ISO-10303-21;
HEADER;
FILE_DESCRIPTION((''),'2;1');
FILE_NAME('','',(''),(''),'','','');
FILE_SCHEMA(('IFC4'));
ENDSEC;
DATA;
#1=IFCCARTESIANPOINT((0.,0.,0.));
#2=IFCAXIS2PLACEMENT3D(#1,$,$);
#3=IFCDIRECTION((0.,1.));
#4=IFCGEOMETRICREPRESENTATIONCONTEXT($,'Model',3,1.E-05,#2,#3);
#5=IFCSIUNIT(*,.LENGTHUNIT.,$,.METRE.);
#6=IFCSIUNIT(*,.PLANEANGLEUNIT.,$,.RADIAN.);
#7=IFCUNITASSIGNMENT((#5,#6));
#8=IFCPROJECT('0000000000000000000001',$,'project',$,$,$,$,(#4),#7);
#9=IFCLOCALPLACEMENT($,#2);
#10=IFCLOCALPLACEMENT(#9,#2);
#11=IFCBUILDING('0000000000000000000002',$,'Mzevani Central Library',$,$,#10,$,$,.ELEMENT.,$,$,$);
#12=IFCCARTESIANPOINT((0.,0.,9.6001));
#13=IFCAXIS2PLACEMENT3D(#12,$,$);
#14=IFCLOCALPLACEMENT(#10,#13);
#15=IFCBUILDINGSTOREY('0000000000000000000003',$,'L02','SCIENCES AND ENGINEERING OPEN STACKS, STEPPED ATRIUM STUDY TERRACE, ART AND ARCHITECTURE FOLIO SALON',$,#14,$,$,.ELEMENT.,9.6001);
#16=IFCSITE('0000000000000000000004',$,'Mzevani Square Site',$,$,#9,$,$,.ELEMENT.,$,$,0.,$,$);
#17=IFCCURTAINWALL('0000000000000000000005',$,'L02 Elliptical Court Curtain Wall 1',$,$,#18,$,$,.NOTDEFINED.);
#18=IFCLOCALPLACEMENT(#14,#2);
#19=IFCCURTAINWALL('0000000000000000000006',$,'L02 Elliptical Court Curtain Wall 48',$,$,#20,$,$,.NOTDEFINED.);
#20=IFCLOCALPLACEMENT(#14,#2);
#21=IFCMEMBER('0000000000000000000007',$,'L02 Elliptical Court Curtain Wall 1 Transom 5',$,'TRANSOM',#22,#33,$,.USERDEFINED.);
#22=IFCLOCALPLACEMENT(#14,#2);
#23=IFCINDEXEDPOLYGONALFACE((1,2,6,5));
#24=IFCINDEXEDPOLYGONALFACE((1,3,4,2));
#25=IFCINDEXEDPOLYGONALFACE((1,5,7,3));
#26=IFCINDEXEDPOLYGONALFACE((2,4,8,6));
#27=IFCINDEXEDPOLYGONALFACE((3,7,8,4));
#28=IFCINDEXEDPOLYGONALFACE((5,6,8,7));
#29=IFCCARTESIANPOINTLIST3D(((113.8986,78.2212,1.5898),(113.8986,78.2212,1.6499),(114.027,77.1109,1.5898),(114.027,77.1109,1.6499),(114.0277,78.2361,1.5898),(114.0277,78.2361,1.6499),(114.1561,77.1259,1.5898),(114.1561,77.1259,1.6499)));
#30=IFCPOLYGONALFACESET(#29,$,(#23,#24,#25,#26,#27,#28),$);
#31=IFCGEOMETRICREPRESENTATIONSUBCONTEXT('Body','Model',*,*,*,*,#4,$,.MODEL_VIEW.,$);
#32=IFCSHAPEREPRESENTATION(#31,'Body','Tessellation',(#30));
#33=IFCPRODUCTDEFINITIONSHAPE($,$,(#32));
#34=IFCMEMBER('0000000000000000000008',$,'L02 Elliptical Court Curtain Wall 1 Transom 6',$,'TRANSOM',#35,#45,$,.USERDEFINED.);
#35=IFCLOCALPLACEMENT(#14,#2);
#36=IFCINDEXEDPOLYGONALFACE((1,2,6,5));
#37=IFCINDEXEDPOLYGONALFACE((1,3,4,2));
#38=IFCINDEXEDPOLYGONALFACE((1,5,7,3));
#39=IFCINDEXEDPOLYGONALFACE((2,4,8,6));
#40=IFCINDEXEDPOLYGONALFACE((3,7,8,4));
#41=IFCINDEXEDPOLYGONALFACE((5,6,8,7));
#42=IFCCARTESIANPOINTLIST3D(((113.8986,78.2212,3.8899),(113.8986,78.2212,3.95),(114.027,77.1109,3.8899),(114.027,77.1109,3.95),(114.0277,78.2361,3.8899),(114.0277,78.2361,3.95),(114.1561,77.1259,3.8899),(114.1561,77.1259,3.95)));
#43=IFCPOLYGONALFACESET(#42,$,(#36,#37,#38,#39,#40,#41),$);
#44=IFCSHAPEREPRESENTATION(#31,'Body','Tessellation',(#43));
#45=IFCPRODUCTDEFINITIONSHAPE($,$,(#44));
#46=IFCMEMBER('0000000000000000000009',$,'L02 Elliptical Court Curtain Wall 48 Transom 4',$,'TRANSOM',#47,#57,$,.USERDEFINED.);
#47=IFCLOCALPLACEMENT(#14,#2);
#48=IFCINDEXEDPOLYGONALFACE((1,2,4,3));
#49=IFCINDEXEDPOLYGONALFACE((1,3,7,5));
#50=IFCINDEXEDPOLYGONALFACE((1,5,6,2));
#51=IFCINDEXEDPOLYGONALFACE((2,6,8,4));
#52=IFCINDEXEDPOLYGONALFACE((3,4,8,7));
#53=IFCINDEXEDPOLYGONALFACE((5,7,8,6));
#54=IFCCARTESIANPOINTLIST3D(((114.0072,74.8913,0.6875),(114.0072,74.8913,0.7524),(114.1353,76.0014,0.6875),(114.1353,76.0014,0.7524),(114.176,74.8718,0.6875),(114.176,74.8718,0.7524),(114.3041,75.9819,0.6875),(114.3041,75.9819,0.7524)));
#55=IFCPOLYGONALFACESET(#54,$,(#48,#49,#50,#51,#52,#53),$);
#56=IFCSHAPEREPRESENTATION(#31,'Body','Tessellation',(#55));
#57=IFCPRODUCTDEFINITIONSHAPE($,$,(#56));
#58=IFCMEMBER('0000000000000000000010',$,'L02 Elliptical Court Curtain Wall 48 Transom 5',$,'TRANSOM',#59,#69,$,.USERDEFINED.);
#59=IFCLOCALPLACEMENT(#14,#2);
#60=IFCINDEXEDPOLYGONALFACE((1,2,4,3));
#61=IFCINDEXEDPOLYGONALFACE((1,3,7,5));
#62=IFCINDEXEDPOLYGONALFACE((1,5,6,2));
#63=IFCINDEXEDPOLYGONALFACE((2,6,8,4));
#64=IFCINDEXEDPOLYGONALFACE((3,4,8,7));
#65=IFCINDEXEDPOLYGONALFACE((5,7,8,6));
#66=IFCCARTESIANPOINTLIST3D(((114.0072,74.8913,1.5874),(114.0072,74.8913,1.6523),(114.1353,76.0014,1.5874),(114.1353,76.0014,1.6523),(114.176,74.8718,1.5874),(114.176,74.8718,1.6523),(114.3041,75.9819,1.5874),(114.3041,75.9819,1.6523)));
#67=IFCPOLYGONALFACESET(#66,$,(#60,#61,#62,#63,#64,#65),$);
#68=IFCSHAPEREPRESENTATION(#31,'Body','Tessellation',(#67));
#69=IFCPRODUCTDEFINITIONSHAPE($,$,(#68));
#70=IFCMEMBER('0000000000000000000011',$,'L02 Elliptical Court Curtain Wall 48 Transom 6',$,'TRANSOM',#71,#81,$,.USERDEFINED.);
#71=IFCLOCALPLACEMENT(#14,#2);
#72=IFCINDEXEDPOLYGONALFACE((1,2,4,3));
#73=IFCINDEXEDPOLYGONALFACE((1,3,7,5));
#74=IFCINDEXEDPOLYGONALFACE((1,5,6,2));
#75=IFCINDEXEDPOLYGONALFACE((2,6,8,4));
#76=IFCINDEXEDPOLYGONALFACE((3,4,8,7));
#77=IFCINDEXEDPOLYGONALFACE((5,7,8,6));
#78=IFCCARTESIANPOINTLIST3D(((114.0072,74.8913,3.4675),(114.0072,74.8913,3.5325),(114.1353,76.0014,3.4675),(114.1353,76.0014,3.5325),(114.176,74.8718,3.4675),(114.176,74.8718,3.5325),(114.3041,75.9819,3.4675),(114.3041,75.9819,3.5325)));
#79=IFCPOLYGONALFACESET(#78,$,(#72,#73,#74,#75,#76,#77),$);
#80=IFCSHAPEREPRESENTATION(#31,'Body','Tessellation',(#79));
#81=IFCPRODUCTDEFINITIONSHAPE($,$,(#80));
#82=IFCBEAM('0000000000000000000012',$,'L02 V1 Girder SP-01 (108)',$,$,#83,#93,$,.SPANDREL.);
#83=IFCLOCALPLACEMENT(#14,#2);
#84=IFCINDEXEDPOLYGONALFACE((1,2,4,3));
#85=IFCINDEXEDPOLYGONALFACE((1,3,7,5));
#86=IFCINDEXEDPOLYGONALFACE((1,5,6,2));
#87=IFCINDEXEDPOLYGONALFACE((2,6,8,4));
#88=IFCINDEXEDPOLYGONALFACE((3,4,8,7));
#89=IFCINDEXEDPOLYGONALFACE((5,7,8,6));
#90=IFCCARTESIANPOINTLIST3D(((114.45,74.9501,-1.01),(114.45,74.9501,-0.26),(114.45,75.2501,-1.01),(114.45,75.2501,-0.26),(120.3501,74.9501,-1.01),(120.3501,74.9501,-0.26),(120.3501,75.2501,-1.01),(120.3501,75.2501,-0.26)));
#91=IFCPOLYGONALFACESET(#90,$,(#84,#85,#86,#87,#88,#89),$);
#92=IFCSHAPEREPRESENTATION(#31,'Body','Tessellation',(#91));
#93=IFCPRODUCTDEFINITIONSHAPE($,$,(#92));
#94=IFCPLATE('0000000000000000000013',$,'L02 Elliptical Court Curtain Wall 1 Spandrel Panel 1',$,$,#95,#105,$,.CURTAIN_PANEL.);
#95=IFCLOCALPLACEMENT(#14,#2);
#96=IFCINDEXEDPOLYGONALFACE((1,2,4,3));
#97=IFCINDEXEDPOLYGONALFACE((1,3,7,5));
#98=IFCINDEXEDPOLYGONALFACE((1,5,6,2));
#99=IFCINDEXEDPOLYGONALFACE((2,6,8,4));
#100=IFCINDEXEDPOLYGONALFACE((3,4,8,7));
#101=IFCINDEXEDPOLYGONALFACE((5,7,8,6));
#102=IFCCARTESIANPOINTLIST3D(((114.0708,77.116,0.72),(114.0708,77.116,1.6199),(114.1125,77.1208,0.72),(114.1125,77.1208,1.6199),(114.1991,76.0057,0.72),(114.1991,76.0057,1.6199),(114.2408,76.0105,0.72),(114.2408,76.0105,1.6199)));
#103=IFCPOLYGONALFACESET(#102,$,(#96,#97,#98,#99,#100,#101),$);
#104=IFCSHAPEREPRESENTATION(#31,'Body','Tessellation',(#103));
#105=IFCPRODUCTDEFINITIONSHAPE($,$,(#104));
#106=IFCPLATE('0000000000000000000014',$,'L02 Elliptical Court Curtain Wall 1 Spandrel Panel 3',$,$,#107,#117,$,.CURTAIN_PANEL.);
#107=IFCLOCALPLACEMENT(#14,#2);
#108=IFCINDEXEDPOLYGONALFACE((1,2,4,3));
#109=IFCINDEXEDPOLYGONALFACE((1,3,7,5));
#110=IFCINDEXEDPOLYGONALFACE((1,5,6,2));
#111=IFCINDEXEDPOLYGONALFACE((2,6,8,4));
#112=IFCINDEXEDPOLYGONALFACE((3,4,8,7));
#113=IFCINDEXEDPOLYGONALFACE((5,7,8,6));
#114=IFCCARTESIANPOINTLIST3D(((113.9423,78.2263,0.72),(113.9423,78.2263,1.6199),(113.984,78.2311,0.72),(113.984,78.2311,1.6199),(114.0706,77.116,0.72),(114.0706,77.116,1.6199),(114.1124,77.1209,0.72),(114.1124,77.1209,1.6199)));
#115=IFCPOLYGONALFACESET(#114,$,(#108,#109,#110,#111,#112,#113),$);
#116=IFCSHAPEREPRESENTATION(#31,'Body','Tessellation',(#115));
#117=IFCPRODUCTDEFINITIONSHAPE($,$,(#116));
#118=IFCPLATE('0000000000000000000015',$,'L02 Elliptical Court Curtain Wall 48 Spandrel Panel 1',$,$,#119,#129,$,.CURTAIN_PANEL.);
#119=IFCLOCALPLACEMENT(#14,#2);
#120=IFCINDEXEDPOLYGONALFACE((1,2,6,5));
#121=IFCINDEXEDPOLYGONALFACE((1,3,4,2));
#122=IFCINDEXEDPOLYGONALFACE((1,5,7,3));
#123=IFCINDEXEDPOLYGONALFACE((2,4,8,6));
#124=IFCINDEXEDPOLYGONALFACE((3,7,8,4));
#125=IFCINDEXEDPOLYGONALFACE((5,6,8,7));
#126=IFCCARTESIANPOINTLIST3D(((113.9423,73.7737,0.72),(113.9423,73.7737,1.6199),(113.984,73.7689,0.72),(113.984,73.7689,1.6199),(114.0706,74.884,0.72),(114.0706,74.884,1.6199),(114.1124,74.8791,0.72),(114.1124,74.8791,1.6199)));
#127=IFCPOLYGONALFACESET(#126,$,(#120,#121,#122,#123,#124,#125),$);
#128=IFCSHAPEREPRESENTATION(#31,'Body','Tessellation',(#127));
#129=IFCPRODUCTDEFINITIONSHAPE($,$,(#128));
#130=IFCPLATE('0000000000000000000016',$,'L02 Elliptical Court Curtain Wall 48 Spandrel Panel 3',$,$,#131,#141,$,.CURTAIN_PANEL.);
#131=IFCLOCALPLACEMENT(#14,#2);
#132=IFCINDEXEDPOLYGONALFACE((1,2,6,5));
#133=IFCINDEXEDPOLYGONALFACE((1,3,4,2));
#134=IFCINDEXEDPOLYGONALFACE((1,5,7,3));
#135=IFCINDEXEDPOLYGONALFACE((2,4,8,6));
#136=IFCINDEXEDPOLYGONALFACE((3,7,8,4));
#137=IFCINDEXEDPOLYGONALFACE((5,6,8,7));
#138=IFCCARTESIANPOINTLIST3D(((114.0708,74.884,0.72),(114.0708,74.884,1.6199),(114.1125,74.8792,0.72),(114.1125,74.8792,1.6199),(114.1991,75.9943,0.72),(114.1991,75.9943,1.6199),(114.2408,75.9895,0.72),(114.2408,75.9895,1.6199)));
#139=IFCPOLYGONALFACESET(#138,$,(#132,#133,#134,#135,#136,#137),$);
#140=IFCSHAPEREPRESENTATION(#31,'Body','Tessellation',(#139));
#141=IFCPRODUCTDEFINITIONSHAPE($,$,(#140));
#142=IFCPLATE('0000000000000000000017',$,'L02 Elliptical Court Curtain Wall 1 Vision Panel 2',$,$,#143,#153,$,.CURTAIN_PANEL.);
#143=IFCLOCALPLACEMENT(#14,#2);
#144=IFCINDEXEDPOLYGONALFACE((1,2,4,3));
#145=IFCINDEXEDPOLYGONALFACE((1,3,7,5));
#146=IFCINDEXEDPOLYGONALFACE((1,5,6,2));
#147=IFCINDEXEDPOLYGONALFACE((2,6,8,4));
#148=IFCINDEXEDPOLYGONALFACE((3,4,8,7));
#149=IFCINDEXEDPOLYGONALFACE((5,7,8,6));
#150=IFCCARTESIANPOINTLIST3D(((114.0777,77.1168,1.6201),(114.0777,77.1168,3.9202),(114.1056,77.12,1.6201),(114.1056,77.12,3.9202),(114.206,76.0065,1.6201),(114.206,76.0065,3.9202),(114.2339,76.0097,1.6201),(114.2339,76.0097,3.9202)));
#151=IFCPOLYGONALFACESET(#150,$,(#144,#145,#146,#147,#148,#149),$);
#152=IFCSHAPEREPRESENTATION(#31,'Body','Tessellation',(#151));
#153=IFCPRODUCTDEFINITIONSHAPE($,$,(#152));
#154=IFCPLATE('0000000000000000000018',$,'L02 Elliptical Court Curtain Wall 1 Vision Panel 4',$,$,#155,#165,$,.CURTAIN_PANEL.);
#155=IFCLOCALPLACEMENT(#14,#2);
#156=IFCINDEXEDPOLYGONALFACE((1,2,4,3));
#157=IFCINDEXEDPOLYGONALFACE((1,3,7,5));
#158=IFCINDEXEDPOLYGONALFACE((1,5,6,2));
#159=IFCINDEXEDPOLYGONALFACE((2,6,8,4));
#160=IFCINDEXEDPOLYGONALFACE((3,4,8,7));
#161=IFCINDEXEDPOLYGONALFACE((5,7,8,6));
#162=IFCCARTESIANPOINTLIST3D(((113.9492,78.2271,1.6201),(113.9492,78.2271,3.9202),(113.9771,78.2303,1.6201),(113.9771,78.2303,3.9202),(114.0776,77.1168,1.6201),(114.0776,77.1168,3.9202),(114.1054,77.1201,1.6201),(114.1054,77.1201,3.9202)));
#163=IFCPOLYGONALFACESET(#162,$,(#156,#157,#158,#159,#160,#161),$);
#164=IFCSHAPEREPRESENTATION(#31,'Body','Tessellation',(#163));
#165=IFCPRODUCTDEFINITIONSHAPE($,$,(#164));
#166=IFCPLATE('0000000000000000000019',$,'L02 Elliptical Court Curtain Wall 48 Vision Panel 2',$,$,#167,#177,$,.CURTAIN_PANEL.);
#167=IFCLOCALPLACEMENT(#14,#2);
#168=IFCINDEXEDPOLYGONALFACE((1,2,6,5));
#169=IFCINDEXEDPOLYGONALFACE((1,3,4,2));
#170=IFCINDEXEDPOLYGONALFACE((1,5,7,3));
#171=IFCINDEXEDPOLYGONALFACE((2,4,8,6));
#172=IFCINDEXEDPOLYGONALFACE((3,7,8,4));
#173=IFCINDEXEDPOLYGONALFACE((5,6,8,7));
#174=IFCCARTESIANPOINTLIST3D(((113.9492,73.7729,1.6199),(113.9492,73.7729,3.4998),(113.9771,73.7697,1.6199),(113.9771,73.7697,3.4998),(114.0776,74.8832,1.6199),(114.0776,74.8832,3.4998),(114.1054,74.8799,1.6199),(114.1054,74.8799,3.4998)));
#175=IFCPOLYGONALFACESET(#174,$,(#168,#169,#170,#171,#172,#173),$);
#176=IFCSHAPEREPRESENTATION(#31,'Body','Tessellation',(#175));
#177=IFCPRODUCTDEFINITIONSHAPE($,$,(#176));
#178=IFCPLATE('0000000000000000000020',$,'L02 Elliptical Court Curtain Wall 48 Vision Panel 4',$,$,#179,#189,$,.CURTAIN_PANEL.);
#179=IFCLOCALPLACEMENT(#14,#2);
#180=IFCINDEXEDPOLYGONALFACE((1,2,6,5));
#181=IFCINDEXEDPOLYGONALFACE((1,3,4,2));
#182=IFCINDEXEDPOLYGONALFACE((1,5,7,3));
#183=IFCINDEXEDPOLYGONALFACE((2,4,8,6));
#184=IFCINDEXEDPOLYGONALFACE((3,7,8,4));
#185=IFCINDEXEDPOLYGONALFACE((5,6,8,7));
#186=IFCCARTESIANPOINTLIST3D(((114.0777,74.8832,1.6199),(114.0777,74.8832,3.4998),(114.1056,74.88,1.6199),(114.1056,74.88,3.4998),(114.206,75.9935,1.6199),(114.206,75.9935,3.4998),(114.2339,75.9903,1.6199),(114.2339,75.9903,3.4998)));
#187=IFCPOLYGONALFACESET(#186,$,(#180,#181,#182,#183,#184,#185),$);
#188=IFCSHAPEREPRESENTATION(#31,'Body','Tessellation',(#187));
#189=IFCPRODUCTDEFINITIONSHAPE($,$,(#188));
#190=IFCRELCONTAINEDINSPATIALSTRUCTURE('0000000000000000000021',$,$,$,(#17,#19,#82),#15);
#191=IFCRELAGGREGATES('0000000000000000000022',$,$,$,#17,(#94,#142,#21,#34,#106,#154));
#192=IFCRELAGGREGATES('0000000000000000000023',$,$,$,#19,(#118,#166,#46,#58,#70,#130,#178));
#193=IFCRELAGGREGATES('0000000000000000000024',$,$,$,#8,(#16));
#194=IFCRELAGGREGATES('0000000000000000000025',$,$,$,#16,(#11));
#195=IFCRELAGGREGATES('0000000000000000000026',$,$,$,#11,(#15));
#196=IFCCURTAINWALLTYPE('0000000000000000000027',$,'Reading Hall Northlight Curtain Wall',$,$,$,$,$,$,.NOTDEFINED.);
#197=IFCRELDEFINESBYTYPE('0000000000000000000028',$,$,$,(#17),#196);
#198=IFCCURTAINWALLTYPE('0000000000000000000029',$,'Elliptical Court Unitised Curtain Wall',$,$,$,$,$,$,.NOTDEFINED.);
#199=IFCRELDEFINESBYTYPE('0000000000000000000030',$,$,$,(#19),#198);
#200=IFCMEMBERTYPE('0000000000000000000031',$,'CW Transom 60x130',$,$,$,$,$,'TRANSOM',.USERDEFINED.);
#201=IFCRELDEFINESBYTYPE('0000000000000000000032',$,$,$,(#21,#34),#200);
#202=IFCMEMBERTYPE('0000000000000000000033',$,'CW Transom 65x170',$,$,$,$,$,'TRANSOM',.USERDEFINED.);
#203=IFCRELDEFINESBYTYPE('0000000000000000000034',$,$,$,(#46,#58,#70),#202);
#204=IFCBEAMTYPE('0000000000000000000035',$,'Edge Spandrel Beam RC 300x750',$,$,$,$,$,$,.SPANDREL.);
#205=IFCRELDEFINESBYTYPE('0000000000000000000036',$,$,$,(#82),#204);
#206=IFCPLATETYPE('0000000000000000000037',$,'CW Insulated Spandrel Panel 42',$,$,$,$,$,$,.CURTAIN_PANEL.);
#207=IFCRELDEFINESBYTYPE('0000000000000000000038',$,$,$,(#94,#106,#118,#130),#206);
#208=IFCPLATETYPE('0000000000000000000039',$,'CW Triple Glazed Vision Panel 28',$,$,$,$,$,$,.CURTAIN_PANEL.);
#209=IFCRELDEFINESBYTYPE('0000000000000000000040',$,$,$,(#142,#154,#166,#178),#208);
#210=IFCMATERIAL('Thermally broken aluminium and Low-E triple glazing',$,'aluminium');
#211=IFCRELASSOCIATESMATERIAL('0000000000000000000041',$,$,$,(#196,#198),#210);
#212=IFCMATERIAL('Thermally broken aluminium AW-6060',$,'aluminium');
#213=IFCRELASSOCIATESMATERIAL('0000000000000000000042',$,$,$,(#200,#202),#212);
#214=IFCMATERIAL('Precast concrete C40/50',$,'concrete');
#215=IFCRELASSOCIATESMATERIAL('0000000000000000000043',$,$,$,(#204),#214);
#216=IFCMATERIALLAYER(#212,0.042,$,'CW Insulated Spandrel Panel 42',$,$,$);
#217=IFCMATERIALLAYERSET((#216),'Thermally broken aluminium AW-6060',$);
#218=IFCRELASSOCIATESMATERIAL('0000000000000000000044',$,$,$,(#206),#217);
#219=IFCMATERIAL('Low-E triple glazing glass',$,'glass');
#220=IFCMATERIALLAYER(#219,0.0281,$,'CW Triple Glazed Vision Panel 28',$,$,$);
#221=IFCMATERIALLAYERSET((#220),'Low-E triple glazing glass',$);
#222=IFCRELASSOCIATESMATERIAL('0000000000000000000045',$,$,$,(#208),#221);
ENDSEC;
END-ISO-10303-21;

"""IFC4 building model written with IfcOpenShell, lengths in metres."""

from ifc_helpers import new_model, si_unit, direction, frame, origin, origin_2d, place, context, subcontext, project, spatial, rectangle, extrude, material, layer, layer_set, material_profile, profile_set, type_object, element, aggregate, save


model = new_model("IFC4")

# Units and contexts
model_context = context("Model", 3, precision=1e-05, world=origin(), true_north=direction((0.0, 1.0)))
body_context = subcontext(model_context, "Body", "Model", "MODEL_VIEW")
ifc_project = project(units=[si_unit("LENGTHUNIT", "METRE"), si_unit("PLANEANGLEUNIT", "RADIAN")], contexts=[model_context])

# Site, building, storey
site_placement = place(None, origin())
site = spatial("IfcSite", under=ifc_project, at=site_placement, Name="Mzevani Square Site", CompositionType="ELEMENT", RefElevation=0.0)
building_placement = place(site_placement, origin())
building = spatial("IfcBuilding", under=site, at=building_placement, Name="Mzevani Central Library", CompositionType="ELEMENT")
storey_placement = place(building_placement, frame((0.0, 0.0, 9.6001)))
storey = spatial("IfcBuildingStorey", under=building, at=storey_placement, Name="L02", Description="SCIENCES AND ENGINEERING OPEN STACKS, STEPPED ATRIUM STUDY TERRACE, ART AND ARCHITECTURE FOLIO SALON", CompositionType="ELEMENT", Elevation=9.6001)

# Shared definitions
ifc_material_1 = material(Name="Thermally broken aluminium and Low-E triple glazing", Category="aluminium")
ifc_material_2 = material(Name="Thermally broken aluminium AW-6060", Category="aluminium")

# Curtain walls
curtain_wall_type_1 = type_object("IfcCurtainWallType", Name="Reading Hall Northlight Curtain Wall", PredefinedType="NOTDEFINED", material=ifc_material_1)
curtain_wall_1_placement = place(storey_placement, origin())
curtain_wall_1 = element("IfcCurtainWall", 1, at=curtain_wall_1_placement, inside=storey, type_object=curtain_wall_type_1, Name="L02 Elliptical Court Curtain Wall 1", PredefinedType="NOTDEFINED")
curtain_wall_type_2 = type_object("IfcCurtainWallType", Name="Elliptical Court Unitised Curtain Wall", PredefinedType="NOTDEFINED", material=ifc_material_1)
curtain_wall_2_placement = place(storey_placement, origin())
curtain_wall_2 = element("IfcCurtainWall", 2, at=curtain_wall_2_placement, inside=storey, type_object=curtain_wall_type_2, Name="L02 Elliptical Court Curtain Wall 48", PredefinedType="NOTDEFINED")

# Members
ifc_material_profile_1 = material_profile(ifc_material_2, rectangle(XDim=0.1299, YDim=0.0601, at=origin_2d()), Name="ALU T60x130")
ifc_profile_set_1 = profile_set([ifc_material_profile_1], Name="Thermally broken aluminium AW-6060")
member_type_1 = type_object("IfcMemberType", Name="CW Transom 60x130", ElementType="TRANSOM", PredefinedType="USERDEFINED", material=ifc_profile_set_1)
member_1_placement = place(storey_placement, frame((114.0916, 77.1184, 1.6199), z_axis=(-0.114889, 0.993378, 0.0), x_axis=(-0.993378, -0.114889, 0.0)))
member_1 = element("IfcMember", 3, at=member_1_placement, type_object=member_type_1, Name="L02 Elliptical Court Curtain Wall 1 Transom 5", ObjectType="TRANSOM", PredefinedType="USERDEFINED", context=body_context, shape_type="SweptSolid", body=[
    extrude(rectangle(XDim=0.1299, YDim=0.0601, at=origin_2d()), origin(), (0.0, 0.0, 1.0), 1.1177),
])
member_2_placement = place(storey_placement, frame((114.0916, 77.1184, 3.9199), z_axis=(-0.114889, 0.993378, 0.0), x_axis=(-0.993378, -0.114889, 0.0)))
member_2 = element("IfcMember", 4, at=member_2_placement, type_object=member_type_1, Name="L02 Elliptical Court Curtain Wall 1 Transom 6", ObjectType="TRANSOM", PredefinedType="USERDEFINED", context=body_context, shape_type="SweptSolid", body=[
    extrude(rectangle(XDim=0.1299, YDim=0.0601, at=origin_2d()), origin(), (0.0, 0.0, 1.0), 1.1177),
])
ifc_material_profile_2 = material_profile(ifc_material_2, rectangle(XDim=0.1699, YDim=0.0649, at=origin_2d()), Name="ALU T65x170")
ifc_profile_set_2 = profile_set([ifc_material_profile_2], Name="Thermally broken aluminium AW-6060")
member_type_2 = type_object("IfcMemberType", Name="CW Transom 65x170", ElementType="TRANSOM", PredefinedType="USERDEFINED", material=ifc_profile_set_2)
member_3_placement = place(storey_placement, frame((114.0916, 74.8816, 0.72), z_axis=(0.114699, 0.9934, 0.0), x_axis=(-0.9934, 0.114699, 0.0)))
member_3 = element("IfcMember", 5, at=member_3_placement, type_object=member_type_2, Name="L02 Elliptical Court Curtain Wall 48 Transom 4", ObjectType="TRANSOM", PredefinedType="USERDEFINED", context=body_context, shape_type="SweptSolid", body=[
    extrude(rectangle(XDim=0.1699, YDim=0.0649, at=origin_2d()), origin(), (0.0, 0.0, 1.0), 1.1174),
])
member_4_placement = place(storey_placement, frame((114.0916, 74.8816, 1.6199), z_axis=(0.114699, 0.9934, 0.0), x_axis=(-0.9934, 0.114699, 0.0)))
member_4 = element("IfcMember", 6, at=member_4_placement, type_object=member_type_2, Name="L02 Elliptical Court Curtain Wall 48 Transom 5", ObjectType="TRANSOM", PredefinedType="USERDEFINED", context=body_context, shape_type="SweptSolid", body=[
    extrude(rectangle(XDim=0.1699, YDim=0.0649, at=origin_2d()), origin(), (0.0, 0.0, 1.0), 1.1174),
])
member_5_placement = place(storey_placement, frame((114.0916, 74.8816, 3.5), z_axis=(0.114699, 0.9934, 0.0), x_axis=(-0.9934, 0.114699, 0.0)))
member_5 = element("IfcMember", 7, at=member_5_placement, type_object=member_type_2, Name="L02 Elliptical Court Curtain Wall 48 Transom 6", ObjectType="TRANSOM", PredefinedType="USERDEFINED", context=body_context, shape_type="SweptSolid", body=[
    extrude(rectangle(XDim=0.1699, YDim=0.0649, at=origin_2d()), origin(), (0.0, 0.0, 1.0), 1.1174),
])

# Beam
ifc_material_3 = material(Name="Precast concrete C40/50", Category="concrete")
ifc_material_profile_3 = material_profile(ifc_material_3, rectangle(XDim=0.3, YDim=0.75, at=origin_2d()), Name="RC SP300x750")
ifc_profile_set_3 = profile_set([ifc_material_profile_3], Name="Precast concrete C40/50")
beam_type_1 = type_object("IfcBeamType", Name="Edge Spandrel Beam RC 300x750", PredefinedType="SPANDREL", material=ifc_profile_set_3)
beam_1_placement = place(storey_placement, frame((114.45, 75.1001, -0.635), z_axis=(1.0, 0.0, 0.0), x_axis=(0.0, 1.0, 0.0)))
element("IfcBeam", 8, at=beam_1_placement, inside=storey, type_object=beam_type_1, Name="L02 V1 Girder SP-01 (108)", PredefinedType="SPANDREL", context=body_context, shape_type="SweptSolid", body=[
    extrude(rectangle(XDim=0.3, YDim=0.75, at=origin_2d()), origin(), (0.0, 0.0, 1.0), 5.9001),
])

# Plates
ifc_layer_1 = layer(ifc_material_2, 0.042, Name="CW Insulated Spandrel Panel 42")
ifc_layer_set_1 = layer_set([ifc_layer_1], Name="Thermally broken aluminium AW-6060")
plate_type_1 = type_object("IfcPlateType", Name="CW Insulated Spandrel Panel 42", PredefinedType="CURTAIN_PANEL", material=ifc_layer_set_1)
plate_1_placement = place(storey_placement, frame((114.1558, 76.5632, 0.72), z_axis=(0.0, 0.0, 1.0), x_axis=(-0.114795, 0.993389, 0.0)))
plate_1 = element("IfcPlate", 9, at=plate_1_placement, type_object=plate_type_1, Name="L02 Elliptical Court Curtain Wall 1 Spandrel Panel 1", PredefinedType="CURTAIN_PANEL", context=body_context, shape_type="SweptSolid", body=[
    extrude(rectangle(XDim=1.1177, YDim=0.042, at=origin_2d()), origin(), (0.0, 0.0, 1.0), 0.8999),
])
plate_2_placement = place(storey_placement, frame((114.0273, 77.6736, 0.72), z_axis=(0.0, 0.0, 1.0), x_axis=(-0.114795, 0.993389, 0.0)))
plate_2 = element("IfcPlate", 10, at=plate_2_placement, type_object=plate_type_1, Name="L02 Elliptical Court Curtain Wall 1 Spandrel Panel 3", PredefinedType="CURTAIN_PANEL", context=body_context, shape_type="SweptSolid", body=[
    extrude(rectangle(XDim=1.1177, YDim=0.042, at=origin_2d()), origin(), (0.0, 0.0, 1.0), 0.8999),
])
plate_3_placement = place(storey_placement, frame((114.0273, 74.3264, 0.72), z_axis=(0.0, 0.0, 1.0), x_axis=(0.114795, 0.993389, 0.0)))
plate_3 = element("IfcPlate", 11, at=plate_3_placement, type_object=plate_type_1, Name="L02 Elliptical Court Curtain Wall 48 Spandrel Panel 1", PredefinedType="CURTAIN_PANEL", context=body_context, shape_type="SweptSolid", body=[
    extrude(rectangle(XDim=1.1177, YDim=0.042, at=origin_2d()), origin(), (0.0, 0.0, 1.0), 0.8999),
])
plate_4_placement = place(storey_placement, frame((114.1558, 75.4368, 0.72), z_axis=(0.0, 0.0, 1.0), x_axis=(0.114795, 0.993389, 0.0)))
plate_4 = element("IfcPlate", 12, at=plate_4_placement, type_object=plate_type_1, Name="L02 Elliptical Court Curtain Wall 48 Spandrel Panel 3", PredefinedType="CURTAIN_PANEL", context=body_context, shape_type="SweptSolid", body=[
    extrude(rectangle(XDim=1.1177, YDim=0.042, at=origin_2d()), origin(), (0.0, 0.0, 1.0), 0.8999),
])
ifc_material_4 = material(Name="Low-E triple glazing glass", Category="glass")
ifc_layer_2 = layer(ifc_material_4, 0.0281, Name="CW Triple Glazed Vision Panel 28")
ifc_layer_set_2 = layer_set([ifc_layer_2], Name="Low-E triple glazing glass")
plate_type_2 = type_object("IfcPlateType", Name="CW Triple Glazed Vision Panel 28", PredefinedType="CURTAIN_PANEL", material=ifc_layer_set_2)
plate_5_placement = place(storey_placement, frame((114.1558, 76.5632, 1.6201), z_axis=(0.0, 0.0, 1.0), x_axis=(-0.114795, 0.993389, 0.0)))
plate_5 = element("IfcPlate", 13, at=plate_5_placement, type_object=plate_type_2, Name="L02 Elliptical Court Curtain Wall 1 Vision Panel 2", PredefinedType="CURTAIN_PANEL", context=body_context, shape_type="SweptSolid", body=[
    extrude(rectangle(XDim=1.1177, YDim=0.0281, at=origin_2d()), origin(), (0.0, 0.0, 1.0), 2.3),
])
plate_6_placement = place(storey_placement, frame((114.0273, 77.6736, 1.6201), z_axis=(0.0, 0.0, 1.0), x_axis=(-0.114795, 0.993389, 0.0)))
plate_6 = element("IfcPlate", 14, at=plate_6_placement, type_object=plate_type_2, Name="L02 Elliptical Court Curtain Wall 1 Vision Panel 4", PredefinedType="CURTAIN_PANEL", context=body_context, shape_type="SweptSolid", body=[
    extrude(rectangle(XDim=1.1177, YDim=0.0281, at=origin_2d()), origin(), (0.0, 0.0, 1.0), 2.3),
])
aggregate(curtain_wall_1, [plate_1, plate_5, member_1, member_2, plate_2, plate_6])
plate_7_placement = place(storey_placement, frame((114.0273, 74.3264, 1.6199), z_axis=(0.0, 0.0, 1.0), x_axis=(0.114795, 0.993389, 0.0)))
plate_7 = element("IfcPlate", 15, at=plate_7_placement, type_object=plate_type_2, Name="L02 Elliptical Court Curtain Wall 48 Vision Panel 2", PredefinedType="CURTAIN_PANEL", context=body_context, shape_type="SweptSolid", body=[
    extrude(rectangle(XDim=1.1177, YDim=0.0281, at=origin_2d()), origin(), (0.0, 0.0, 1.0), 1.8799),
])
plate_8_placement = place(storey_placement, frame((114.1558, 75.4368, 1.6199), z_axis=(0.0, 0.0, 1.0), x_axis=(0.114795, 0.993389, 0.0)))
plate_8 = element("IfcPlate", 16, at=plate_8_placement, type_object=plate_type_2, Name="L02 Elliptical Court Curtain Wall 48 Vision Panel 4", PredefinedType="CURTAIN_PANEL", context=body_context, shape_type="SweptSolid", body=[
    extrude(rectangle(XDim=1.1177, YDim=0.0281, at=origin_2d()), origin(), (0.0, 0.0, 1.0), 1.8799),
])
aggregate(curtain_wall_2, [plate_3, plate_7, member_3, member_4, member_5, plate_4, plate_8])

save(model, "model.ifc")
